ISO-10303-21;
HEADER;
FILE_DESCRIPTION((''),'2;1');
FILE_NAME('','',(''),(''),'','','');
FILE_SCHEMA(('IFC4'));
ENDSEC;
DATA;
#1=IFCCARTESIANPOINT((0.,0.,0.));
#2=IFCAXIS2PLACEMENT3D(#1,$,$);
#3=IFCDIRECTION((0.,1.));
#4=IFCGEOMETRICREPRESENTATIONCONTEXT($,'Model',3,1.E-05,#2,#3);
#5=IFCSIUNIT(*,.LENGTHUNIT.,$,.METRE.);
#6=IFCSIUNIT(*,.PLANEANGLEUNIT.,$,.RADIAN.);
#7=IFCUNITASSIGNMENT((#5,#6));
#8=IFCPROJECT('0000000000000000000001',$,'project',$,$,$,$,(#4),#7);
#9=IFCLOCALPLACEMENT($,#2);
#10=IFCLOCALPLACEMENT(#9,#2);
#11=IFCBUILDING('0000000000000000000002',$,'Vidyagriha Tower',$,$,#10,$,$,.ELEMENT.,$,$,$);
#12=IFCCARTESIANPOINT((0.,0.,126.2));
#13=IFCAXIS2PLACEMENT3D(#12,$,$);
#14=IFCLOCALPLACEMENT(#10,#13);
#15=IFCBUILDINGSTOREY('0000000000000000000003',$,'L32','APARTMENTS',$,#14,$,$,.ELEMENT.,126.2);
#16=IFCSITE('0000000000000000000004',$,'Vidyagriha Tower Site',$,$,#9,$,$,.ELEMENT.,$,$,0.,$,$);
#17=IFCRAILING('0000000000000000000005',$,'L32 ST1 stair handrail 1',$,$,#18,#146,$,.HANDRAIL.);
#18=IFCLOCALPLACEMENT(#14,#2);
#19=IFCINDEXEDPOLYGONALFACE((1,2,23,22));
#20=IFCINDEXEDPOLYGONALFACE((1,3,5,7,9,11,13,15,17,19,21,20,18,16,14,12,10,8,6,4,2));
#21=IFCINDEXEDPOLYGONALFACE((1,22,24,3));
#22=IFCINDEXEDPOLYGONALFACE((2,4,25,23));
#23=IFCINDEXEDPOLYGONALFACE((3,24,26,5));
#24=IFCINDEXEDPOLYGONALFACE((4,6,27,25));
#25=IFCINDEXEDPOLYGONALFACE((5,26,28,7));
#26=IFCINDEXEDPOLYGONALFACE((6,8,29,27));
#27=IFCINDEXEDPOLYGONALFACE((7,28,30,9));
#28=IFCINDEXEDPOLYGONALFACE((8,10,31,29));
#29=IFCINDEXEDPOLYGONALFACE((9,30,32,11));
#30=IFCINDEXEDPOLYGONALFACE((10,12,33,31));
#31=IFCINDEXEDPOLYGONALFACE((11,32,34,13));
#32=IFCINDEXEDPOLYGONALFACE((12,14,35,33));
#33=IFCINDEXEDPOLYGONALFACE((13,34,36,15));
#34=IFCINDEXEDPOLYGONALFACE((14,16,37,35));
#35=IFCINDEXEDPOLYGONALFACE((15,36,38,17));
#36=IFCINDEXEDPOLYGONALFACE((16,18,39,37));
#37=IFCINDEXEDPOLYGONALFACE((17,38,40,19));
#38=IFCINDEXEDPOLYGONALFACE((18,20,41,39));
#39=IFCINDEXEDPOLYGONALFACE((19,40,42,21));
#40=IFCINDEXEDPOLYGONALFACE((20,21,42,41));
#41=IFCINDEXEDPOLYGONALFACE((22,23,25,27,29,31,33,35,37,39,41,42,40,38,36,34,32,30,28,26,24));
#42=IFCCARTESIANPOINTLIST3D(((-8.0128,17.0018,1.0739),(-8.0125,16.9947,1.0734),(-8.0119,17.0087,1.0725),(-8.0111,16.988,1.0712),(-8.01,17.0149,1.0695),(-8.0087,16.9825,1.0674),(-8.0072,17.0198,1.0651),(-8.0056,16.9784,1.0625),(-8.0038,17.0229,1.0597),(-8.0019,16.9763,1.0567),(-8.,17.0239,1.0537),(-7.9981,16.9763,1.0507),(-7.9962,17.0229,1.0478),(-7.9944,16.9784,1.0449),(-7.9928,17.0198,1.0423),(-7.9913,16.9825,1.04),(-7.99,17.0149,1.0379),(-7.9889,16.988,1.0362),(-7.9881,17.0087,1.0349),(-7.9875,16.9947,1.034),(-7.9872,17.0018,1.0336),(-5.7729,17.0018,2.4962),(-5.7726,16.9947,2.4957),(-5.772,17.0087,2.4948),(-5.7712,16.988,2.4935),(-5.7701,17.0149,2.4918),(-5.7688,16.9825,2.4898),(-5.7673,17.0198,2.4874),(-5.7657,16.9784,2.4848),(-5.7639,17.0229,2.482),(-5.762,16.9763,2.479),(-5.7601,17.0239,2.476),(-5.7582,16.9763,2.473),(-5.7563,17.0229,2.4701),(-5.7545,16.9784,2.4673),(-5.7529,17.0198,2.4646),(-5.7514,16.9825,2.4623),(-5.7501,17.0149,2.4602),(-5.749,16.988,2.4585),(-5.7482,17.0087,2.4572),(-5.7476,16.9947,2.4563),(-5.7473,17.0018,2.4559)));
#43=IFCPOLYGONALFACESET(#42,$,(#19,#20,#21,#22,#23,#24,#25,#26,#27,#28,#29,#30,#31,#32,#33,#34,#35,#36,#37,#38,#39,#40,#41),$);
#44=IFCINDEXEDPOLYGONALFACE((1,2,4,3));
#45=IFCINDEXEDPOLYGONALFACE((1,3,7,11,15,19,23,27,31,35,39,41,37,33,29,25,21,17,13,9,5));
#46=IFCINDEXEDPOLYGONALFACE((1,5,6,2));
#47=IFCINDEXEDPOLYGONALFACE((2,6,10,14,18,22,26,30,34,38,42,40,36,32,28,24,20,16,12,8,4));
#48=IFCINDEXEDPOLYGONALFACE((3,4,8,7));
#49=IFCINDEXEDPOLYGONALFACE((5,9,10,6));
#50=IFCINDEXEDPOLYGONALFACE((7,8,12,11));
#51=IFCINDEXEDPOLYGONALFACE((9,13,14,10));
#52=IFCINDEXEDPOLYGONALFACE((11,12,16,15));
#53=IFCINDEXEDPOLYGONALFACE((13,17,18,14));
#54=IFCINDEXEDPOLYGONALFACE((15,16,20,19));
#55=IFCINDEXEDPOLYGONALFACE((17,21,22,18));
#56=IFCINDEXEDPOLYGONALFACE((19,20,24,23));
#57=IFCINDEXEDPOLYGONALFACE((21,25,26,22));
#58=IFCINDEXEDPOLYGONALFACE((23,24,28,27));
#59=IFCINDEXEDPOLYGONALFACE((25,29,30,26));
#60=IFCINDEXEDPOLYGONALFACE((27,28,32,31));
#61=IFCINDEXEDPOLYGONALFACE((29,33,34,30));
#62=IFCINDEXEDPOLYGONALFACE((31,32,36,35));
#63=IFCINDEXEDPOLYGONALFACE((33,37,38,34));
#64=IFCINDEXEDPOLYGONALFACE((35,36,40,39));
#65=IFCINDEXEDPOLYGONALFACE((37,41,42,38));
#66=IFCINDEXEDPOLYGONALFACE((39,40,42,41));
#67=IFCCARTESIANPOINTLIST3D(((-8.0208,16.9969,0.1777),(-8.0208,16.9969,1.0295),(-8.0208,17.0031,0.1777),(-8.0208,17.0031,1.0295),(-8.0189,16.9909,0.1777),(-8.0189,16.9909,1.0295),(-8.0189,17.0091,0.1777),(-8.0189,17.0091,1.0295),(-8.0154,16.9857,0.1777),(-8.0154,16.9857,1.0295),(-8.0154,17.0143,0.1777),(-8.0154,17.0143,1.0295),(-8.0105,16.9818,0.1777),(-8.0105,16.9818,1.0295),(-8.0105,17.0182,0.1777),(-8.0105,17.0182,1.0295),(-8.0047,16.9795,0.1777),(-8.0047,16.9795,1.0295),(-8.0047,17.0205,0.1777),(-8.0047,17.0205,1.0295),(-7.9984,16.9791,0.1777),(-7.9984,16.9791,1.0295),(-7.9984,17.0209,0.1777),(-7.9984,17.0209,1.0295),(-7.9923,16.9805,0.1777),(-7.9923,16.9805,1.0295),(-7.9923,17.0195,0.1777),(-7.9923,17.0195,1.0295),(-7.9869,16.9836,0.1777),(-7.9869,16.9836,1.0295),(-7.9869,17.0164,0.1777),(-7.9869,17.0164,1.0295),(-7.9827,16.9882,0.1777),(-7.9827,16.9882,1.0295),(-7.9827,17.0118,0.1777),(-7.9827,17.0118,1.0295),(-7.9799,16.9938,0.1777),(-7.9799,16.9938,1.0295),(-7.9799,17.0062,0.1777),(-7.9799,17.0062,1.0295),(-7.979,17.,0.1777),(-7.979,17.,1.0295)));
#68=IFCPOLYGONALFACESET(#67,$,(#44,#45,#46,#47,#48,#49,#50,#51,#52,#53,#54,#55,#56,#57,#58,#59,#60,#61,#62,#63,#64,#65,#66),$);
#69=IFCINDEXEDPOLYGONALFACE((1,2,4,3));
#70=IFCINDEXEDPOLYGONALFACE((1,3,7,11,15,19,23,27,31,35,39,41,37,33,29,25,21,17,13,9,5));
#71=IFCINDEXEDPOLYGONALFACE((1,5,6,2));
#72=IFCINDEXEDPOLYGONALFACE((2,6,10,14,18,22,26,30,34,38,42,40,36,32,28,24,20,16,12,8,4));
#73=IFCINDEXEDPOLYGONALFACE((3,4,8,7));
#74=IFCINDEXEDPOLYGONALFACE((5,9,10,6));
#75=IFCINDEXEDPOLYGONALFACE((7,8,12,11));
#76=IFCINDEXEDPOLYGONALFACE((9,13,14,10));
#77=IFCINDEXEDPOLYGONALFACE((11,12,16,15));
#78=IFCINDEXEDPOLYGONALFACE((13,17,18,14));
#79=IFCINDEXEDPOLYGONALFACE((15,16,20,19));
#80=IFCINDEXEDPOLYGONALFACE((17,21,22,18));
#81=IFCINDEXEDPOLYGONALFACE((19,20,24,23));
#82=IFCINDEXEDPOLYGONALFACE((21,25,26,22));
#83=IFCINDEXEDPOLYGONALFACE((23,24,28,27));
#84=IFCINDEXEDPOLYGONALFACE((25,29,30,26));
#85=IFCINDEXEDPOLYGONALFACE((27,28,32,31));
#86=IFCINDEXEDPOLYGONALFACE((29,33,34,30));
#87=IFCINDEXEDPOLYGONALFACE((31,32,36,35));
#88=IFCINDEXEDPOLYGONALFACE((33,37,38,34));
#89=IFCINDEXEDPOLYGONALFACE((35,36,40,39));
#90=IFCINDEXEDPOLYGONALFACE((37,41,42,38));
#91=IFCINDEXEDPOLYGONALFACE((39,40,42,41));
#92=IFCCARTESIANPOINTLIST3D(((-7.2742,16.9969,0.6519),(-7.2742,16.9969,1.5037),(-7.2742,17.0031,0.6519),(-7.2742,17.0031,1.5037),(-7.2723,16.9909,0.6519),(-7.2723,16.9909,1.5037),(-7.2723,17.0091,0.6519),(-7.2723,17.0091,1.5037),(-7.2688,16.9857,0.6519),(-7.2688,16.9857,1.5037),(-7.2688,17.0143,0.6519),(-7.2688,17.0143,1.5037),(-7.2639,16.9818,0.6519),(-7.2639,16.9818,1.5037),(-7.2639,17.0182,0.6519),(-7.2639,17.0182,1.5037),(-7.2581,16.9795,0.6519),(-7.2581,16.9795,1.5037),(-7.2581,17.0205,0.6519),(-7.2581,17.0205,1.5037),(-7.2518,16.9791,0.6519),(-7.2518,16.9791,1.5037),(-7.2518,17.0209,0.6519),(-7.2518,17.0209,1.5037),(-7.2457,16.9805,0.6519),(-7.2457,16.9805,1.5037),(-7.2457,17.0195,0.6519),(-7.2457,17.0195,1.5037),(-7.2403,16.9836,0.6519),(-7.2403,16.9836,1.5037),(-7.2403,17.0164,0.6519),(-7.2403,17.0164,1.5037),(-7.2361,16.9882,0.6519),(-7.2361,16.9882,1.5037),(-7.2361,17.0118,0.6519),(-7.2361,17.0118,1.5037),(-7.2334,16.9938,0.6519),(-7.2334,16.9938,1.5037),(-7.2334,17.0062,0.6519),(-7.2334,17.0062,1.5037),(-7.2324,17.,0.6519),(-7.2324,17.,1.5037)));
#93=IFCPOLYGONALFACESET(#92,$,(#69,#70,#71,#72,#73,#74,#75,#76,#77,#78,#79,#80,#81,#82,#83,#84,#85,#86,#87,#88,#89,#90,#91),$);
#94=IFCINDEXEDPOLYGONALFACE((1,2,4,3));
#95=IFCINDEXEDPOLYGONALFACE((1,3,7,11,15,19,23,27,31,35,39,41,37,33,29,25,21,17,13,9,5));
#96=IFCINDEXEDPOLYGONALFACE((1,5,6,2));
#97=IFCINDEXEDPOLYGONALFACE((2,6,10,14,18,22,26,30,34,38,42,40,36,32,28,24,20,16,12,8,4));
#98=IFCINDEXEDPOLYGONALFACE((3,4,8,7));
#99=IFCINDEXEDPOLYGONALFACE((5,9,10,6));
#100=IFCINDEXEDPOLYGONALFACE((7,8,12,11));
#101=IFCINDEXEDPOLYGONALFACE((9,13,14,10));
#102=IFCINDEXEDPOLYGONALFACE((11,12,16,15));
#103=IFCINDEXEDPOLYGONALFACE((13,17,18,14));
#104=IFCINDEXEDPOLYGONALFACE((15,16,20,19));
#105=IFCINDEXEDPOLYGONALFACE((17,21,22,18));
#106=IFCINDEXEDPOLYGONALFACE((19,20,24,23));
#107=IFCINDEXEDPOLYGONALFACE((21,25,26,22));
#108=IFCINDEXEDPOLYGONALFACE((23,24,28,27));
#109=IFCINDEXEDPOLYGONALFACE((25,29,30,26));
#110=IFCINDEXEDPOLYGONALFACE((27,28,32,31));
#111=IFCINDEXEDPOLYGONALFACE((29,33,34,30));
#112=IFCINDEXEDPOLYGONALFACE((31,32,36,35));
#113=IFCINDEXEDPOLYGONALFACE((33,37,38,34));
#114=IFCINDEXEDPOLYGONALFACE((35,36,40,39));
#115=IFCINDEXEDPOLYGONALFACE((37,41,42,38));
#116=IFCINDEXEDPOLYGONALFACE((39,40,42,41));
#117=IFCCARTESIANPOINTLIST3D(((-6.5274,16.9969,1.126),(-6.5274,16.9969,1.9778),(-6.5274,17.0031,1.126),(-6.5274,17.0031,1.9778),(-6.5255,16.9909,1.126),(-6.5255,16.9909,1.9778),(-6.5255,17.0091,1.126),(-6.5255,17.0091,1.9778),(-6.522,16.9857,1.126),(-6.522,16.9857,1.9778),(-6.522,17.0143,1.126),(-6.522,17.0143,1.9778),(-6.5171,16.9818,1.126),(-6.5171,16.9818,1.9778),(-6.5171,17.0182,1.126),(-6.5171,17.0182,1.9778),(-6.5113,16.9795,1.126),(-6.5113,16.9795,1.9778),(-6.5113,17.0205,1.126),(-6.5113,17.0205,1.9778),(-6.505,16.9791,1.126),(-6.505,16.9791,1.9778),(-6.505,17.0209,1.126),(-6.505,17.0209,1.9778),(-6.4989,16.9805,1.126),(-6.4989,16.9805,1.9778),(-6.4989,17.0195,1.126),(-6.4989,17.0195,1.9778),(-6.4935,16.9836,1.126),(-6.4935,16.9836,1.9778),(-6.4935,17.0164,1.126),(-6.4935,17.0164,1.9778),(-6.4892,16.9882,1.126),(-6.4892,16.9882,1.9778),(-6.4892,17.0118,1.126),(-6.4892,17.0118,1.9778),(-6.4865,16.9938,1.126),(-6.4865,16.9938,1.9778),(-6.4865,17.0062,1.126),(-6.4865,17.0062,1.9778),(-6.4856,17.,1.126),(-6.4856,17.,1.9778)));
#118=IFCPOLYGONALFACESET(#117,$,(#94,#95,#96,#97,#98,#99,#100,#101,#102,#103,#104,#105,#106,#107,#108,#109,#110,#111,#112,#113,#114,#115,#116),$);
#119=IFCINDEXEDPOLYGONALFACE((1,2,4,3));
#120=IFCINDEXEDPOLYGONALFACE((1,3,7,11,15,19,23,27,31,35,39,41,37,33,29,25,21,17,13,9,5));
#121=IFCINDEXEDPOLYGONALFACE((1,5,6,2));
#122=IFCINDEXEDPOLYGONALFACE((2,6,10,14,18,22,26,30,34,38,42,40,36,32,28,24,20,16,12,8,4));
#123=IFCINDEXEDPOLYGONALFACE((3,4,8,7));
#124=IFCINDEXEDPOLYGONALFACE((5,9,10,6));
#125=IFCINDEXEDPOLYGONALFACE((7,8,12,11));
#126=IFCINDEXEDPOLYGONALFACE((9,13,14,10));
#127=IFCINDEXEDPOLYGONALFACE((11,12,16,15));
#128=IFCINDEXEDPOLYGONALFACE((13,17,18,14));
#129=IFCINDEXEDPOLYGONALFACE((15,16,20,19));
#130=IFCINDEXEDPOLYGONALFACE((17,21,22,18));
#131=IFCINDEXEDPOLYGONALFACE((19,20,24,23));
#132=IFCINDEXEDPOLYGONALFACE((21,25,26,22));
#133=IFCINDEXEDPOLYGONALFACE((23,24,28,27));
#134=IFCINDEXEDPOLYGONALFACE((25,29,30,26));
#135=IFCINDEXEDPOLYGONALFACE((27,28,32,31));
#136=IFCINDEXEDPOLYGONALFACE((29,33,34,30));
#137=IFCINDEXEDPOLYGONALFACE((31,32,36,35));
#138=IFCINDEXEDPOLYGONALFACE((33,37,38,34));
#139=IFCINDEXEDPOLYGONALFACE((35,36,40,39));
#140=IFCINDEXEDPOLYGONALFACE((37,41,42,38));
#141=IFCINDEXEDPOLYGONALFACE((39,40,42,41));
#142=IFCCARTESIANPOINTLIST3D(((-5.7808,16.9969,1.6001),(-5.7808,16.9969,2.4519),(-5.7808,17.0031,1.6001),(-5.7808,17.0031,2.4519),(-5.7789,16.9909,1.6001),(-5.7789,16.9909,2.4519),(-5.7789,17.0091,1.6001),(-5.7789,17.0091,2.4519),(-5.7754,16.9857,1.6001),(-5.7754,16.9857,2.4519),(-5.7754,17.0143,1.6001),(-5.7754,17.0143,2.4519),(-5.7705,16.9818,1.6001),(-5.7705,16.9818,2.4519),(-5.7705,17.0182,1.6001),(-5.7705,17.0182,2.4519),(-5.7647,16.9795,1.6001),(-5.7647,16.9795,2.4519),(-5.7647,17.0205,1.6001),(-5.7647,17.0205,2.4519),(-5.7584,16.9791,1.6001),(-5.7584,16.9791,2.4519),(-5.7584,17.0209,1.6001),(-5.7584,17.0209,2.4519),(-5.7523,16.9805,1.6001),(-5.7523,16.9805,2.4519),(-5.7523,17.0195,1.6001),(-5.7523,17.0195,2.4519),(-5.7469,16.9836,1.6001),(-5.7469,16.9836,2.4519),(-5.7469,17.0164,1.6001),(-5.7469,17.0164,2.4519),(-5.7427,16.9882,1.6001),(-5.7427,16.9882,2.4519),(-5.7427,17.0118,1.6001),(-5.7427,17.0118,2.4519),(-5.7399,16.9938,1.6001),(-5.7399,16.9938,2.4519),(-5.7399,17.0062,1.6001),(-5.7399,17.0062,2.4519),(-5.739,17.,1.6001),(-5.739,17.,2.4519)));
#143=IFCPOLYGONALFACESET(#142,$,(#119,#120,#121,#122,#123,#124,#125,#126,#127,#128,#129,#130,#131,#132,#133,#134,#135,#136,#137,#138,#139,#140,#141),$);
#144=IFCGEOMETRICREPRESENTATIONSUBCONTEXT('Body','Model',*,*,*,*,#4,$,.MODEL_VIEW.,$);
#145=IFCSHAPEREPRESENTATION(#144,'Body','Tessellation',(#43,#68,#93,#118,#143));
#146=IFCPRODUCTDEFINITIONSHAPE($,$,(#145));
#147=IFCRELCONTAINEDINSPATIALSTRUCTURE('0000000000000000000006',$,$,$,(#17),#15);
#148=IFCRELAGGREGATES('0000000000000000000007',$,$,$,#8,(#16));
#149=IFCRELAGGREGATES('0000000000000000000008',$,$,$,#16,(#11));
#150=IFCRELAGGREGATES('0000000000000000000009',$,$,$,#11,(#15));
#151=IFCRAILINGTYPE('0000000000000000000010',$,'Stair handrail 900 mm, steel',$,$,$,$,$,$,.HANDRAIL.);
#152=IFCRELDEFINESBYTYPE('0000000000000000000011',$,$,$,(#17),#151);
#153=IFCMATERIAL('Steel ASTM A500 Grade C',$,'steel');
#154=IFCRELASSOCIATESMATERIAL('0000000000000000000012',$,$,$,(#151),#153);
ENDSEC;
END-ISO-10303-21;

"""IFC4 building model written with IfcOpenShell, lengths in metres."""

from ifc_helpers import new_model, si_unit, direction, frame, origin, origin_2d, place, context, subcontext, project, spatial, circle, extrude, material, type_object, element, save


model = new_model("IFC4")

# Units and contexts
model_context = context("Model", 3, precision=1e-05, world=origin(), true_north=direction((0.0, 1.0)))
body_context = subcontext(model_context, "Body", "Model", "MODEL_VIEW")
ifc_project = project(units=[si_unit("LENGTHUNIT", "METRE"), si_unit("PLANEANGLEUNIT", "RADIAN")], contexts=[model_context])

# Site, building, storey
site_placement = place(None, origin())
site = spatial("IfcSite", under=ifc_project, at=site_placement, Name="Vidyagriha Tower Site", CompositionType="ELEMENT", RefElevation=0.0)
building_placement = place(site_placement, origin())
building = spatial("IfcBuilding", under=site, at=building_placement, Name="Vidyagriha Tower", CompositionType="ELEMENT")
storey_placement = place(building_placement, frame((0.0, 0.0, 126.2)))
storey = spatial("IfcBuildingStorey", under=building, at=storey_placement, Name="L32", Description="APARTMENTS", CompositionType="ELEMENT", Elevation=126.2)

# Railing
ifc_material_1 = material(Name="Steel ASTM A500 Grade C", Category="steel")
railing_type_1 = type_object("IfcRailingType", Name="Stair handrail 900 mm, steel", PredefinedType="HANDRAIL", material=ifc_material_1)
railing_1_placement = place(storey_placement, frame((-8.0, 17.0, 0.1777)))
element("IfcRailing", 1, at=railing_1_placement, inside=storey, type_object=railing_type_1, Name="L32 ST1 stair handrail 1", PredefinedType="HANDRAIL", context=body_context, shape_type="SweptSolid", body=[
    extrude(circle(Radius=0.0239, at=origin_2d()), frame((0.0, 0.0, 0.876), z_axis=(0.844188, 0.0, 0.536048), x_axis=(0.0, 1.0, 0.0)), (0.0, 0.0, 1.0), 2.6533),
    extrude(circle(Radius=0.021, at=origin_2d()), origin(), (0.0, 0.0, 1.0), 0.8518),
    extrude(circle(Radius=0.021, at=origin_2d()), frame((0.7466, 0.0, 0.4741)), (0.0, 0.0, 1.0), 0.8518),
    extrude(circle(Radius=0.021, at=origin_2d()), frame((1.4934, 0.0, 0.9482)), (0.0, 0.0, 1.0), 0.8518),
    extrude(circle(Radius=0.021, at=origin_2d()), frame((2.24, 0.0, 1.4224)), (0.0, 0.0, 1.0), 0.8518),
])

save(model, "model.ifc")
